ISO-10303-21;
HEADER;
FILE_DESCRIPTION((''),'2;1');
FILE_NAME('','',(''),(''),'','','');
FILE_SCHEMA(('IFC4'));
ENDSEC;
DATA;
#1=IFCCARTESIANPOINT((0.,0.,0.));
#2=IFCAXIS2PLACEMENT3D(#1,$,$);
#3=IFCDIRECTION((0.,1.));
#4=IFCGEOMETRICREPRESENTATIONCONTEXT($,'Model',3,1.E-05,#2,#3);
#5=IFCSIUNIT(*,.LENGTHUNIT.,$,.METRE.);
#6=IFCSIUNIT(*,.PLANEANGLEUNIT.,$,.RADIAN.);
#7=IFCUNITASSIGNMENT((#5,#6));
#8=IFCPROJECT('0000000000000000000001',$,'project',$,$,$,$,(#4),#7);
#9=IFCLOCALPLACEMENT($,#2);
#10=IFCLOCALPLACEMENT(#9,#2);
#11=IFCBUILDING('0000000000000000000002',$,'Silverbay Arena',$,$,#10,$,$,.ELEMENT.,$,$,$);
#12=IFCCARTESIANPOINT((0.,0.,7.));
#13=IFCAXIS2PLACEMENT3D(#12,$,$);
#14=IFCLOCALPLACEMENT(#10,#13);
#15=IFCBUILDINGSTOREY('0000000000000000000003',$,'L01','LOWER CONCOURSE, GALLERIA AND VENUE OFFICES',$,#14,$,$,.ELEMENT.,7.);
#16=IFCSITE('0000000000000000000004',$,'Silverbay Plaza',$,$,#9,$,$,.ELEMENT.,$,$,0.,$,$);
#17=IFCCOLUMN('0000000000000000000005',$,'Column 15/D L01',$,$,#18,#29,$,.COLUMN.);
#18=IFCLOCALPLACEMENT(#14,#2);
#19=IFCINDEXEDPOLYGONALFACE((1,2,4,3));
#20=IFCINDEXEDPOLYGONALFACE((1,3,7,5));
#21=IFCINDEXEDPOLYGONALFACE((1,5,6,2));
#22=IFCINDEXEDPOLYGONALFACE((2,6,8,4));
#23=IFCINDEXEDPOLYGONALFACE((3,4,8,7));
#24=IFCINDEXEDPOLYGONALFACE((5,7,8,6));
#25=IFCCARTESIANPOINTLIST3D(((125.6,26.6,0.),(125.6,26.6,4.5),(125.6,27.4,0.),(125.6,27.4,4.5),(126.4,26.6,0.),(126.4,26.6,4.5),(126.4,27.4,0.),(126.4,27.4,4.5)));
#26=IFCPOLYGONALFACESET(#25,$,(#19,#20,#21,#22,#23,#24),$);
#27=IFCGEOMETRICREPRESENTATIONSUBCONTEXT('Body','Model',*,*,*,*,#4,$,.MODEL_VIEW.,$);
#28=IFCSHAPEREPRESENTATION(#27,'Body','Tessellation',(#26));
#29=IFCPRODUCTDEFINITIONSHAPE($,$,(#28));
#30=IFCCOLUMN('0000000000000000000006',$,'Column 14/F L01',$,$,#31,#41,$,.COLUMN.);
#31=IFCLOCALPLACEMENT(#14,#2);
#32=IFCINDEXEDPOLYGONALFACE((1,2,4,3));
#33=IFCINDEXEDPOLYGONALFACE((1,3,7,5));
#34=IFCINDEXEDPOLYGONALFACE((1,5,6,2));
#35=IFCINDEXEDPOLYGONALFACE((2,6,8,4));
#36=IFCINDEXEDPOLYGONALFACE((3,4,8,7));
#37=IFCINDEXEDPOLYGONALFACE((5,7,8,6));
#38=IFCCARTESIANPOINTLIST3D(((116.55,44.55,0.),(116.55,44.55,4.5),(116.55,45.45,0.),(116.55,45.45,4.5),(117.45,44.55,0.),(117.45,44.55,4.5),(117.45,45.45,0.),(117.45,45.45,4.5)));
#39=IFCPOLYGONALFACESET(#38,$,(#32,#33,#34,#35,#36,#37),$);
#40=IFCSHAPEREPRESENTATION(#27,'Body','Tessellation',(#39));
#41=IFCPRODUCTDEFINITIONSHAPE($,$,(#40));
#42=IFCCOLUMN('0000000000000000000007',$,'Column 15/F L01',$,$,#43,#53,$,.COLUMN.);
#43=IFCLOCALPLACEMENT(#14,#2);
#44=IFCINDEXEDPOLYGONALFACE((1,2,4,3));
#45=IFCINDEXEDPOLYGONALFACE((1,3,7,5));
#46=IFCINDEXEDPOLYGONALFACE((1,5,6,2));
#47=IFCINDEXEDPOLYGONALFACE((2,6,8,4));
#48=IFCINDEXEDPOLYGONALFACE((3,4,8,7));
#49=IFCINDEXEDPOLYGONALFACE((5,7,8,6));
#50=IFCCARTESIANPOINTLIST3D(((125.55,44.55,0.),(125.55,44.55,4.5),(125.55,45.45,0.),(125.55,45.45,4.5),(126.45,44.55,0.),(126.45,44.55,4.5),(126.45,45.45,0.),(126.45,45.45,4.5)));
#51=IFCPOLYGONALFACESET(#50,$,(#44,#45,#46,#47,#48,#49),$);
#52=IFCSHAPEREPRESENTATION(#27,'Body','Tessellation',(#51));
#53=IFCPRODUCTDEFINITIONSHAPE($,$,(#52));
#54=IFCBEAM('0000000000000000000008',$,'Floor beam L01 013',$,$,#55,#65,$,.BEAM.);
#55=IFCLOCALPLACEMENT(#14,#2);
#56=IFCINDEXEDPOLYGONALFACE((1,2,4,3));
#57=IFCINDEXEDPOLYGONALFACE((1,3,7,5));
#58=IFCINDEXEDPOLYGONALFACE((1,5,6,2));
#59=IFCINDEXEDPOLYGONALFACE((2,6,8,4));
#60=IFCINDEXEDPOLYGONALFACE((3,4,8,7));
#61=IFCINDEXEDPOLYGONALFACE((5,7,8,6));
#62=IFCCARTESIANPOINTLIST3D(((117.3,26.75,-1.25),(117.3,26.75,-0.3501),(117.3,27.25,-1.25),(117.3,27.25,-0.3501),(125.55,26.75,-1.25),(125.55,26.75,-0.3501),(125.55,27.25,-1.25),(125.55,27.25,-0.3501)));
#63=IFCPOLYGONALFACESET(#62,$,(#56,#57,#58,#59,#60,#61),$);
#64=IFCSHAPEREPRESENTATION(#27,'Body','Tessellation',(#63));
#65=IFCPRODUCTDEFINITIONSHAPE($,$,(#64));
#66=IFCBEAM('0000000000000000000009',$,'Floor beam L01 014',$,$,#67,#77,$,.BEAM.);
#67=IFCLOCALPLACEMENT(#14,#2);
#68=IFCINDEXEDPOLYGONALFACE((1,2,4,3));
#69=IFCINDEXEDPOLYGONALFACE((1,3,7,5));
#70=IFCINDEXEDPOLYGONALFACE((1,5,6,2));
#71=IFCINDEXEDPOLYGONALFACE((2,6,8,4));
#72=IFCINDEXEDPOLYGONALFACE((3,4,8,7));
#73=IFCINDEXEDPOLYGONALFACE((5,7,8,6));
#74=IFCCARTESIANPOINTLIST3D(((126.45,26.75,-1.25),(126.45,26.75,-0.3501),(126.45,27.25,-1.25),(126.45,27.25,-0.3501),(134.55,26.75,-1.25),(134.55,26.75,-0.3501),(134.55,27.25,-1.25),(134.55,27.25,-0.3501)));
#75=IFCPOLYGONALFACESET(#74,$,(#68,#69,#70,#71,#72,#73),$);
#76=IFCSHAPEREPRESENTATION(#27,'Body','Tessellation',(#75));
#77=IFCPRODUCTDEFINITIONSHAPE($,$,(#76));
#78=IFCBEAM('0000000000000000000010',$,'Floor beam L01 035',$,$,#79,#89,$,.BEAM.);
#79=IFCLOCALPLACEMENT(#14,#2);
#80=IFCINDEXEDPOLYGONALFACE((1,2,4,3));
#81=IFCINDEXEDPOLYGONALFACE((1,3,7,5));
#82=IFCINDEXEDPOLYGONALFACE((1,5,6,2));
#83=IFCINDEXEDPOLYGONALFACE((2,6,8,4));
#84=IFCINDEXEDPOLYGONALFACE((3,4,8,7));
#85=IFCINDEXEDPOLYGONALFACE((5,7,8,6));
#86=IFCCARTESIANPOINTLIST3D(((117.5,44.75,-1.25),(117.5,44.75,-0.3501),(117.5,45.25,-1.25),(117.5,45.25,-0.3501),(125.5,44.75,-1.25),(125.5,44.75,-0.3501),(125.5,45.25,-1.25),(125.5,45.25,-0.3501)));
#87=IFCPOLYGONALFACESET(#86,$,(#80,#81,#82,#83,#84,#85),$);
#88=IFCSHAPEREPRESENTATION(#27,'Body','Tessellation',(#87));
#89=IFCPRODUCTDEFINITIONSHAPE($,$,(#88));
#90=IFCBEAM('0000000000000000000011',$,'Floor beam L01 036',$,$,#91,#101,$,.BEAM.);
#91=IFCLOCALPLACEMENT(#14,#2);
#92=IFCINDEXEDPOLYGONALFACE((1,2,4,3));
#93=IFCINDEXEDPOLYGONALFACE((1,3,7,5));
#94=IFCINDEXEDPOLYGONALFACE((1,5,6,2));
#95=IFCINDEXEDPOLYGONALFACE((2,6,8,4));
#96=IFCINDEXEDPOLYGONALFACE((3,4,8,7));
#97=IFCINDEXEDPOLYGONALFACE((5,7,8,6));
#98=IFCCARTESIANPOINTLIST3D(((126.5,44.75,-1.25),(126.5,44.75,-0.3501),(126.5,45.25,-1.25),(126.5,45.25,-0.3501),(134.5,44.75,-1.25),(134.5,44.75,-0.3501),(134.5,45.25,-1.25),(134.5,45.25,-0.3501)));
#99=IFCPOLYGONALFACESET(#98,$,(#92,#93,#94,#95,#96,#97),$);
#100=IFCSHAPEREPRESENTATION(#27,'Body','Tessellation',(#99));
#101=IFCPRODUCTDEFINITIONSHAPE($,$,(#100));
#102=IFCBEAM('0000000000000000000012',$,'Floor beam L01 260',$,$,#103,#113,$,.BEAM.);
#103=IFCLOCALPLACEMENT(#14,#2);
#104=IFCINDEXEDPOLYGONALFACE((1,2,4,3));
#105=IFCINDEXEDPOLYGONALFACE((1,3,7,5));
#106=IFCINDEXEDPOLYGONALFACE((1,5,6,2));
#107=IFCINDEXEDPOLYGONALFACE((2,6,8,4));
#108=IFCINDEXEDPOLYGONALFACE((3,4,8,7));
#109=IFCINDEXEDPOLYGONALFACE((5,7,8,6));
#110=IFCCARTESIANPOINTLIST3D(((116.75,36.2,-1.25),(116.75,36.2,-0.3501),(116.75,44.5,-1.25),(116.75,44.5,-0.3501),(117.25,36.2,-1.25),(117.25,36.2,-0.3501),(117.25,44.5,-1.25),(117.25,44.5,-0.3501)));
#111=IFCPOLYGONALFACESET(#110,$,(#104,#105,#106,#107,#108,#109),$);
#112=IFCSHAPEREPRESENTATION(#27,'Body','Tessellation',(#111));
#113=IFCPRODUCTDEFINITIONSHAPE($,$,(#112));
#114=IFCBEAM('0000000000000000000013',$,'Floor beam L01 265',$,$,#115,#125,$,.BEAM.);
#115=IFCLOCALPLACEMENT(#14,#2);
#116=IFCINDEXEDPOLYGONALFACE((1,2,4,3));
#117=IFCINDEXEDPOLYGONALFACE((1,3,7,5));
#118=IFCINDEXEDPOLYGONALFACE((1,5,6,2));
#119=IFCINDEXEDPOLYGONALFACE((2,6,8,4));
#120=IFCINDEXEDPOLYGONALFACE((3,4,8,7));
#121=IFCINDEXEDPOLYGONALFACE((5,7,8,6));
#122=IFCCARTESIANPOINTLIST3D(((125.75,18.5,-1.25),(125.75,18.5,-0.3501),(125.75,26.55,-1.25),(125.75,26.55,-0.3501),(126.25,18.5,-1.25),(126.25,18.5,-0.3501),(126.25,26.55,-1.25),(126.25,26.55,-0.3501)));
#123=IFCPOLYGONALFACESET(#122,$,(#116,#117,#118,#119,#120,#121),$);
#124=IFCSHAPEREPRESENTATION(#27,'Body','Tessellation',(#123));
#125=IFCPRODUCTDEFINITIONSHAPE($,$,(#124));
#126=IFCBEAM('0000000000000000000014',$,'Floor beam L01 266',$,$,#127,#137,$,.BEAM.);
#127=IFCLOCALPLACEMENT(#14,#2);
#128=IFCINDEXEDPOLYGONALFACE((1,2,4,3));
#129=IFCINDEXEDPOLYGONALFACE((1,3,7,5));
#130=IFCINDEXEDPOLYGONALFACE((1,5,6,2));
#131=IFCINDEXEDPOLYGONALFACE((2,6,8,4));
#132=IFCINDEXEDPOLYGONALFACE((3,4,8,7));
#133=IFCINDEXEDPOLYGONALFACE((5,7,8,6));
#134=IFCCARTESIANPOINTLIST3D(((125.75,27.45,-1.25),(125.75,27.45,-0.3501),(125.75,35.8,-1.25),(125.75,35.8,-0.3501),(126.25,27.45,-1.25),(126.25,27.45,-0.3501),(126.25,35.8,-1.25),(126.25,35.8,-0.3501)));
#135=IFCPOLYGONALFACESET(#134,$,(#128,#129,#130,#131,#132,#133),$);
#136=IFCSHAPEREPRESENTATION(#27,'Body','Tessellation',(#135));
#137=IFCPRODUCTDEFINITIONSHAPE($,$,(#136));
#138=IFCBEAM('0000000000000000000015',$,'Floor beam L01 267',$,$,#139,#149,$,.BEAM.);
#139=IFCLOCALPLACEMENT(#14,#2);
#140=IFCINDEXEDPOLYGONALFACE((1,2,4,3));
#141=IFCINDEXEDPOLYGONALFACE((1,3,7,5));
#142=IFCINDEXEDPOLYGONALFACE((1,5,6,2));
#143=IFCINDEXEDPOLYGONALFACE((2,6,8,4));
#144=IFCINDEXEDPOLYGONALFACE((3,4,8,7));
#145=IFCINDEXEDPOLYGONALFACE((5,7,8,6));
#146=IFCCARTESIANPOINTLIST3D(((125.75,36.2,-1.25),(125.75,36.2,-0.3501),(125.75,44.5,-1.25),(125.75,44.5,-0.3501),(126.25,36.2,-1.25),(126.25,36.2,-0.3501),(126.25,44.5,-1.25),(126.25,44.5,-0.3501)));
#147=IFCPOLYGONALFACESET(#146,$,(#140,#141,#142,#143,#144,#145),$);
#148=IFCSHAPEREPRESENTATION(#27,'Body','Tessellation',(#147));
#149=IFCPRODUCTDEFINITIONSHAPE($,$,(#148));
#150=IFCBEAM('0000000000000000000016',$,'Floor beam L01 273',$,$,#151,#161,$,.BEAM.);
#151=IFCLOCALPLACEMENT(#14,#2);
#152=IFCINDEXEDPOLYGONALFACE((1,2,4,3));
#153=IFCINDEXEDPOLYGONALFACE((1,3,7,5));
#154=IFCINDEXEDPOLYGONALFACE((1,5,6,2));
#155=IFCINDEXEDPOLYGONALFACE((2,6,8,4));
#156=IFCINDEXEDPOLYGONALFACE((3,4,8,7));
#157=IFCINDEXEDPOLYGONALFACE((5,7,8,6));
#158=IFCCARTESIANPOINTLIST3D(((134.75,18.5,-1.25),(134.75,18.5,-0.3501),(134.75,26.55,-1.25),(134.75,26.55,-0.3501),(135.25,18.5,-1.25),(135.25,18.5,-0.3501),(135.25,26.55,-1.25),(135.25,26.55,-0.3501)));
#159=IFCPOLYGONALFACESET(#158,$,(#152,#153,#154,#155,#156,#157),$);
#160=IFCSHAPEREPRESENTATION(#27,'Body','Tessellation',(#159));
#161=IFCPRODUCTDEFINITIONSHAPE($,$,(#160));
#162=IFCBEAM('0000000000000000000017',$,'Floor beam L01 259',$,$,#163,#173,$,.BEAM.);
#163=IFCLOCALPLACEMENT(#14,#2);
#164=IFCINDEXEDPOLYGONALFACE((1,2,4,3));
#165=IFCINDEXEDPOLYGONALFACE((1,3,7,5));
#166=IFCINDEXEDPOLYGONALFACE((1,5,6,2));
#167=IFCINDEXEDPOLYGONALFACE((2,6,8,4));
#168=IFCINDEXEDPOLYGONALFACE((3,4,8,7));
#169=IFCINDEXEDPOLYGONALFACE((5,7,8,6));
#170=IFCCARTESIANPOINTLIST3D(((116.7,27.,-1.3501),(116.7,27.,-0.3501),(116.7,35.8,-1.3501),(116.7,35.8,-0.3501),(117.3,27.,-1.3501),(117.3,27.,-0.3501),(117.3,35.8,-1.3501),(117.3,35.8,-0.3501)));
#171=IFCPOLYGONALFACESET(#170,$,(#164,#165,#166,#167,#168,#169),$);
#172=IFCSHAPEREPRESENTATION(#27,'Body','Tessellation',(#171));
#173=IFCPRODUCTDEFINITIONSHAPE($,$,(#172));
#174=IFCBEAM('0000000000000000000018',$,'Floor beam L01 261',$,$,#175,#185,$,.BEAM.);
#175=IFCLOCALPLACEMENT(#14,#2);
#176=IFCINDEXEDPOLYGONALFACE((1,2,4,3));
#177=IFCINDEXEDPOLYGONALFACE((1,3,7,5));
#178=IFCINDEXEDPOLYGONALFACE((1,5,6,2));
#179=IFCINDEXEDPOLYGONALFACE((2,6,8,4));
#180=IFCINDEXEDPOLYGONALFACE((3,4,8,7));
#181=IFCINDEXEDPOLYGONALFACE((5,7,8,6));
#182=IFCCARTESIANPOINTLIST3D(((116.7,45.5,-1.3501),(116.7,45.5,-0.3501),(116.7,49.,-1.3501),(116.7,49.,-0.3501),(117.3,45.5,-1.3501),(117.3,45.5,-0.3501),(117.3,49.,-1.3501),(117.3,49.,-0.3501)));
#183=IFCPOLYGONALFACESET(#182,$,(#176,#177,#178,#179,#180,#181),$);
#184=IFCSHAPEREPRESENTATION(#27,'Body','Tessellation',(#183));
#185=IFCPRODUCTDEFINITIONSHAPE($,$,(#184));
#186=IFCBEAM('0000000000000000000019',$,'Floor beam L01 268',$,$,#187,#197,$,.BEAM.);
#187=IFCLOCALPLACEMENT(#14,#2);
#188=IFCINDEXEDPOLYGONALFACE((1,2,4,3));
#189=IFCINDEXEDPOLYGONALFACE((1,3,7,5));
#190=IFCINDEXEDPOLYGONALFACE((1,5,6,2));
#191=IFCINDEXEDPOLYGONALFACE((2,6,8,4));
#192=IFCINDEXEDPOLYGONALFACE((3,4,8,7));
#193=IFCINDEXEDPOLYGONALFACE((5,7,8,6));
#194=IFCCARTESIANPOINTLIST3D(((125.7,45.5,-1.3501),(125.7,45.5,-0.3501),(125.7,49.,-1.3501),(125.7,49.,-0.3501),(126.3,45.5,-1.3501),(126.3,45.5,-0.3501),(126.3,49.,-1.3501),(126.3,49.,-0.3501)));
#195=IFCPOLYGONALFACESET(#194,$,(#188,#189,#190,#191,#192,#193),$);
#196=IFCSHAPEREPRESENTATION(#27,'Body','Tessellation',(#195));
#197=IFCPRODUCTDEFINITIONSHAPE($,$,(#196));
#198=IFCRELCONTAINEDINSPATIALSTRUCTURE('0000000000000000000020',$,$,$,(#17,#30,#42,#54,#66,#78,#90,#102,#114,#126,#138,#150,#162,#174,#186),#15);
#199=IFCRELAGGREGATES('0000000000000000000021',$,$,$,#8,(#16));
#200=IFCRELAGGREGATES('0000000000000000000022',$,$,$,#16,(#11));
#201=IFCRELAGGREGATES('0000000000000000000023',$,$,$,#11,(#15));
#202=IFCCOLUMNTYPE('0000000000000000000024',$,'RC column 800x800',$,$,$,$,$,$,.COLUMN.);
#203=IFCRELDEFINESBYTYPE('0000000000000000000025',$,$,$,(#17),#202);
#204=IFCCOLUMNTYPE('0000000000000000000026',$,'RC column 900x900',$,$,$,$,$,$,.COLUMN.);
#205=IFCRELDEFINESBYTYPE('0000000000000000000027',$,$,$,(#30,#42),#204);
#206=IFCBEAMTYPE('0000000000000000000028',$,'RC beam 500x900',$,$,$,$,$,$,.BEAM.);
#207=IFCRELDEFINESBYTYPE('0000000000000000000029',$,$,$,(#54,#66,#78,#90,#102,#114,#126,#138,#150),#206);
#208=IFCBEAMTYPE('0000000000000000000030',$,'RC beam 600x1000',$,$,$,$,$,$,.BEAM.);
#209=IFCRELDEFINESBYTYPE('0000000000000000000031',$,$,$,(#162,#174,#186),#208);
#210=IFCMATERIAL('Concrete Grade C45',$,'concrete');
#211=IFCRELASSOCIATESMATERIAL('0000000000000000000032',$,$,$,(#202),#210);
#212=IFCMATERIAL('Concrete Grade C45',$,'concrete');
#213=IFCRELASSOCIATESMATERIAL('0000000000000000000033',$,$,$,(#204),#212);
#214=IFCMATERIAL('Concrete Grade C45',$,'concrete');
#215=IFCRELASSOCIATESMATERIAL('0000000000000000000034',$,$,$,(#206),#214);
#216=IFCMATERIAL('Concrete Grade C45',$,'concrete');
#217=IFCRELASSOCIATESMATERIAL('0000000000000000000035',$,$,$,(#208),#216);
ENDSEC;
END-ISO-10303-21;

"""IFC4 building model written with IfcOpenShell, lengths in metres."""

from ifc_helpers import new_model, si_unit, direction, frame, origin, origin_2d, place, context, subcontext, project, spatial, rectangle, extrude, material, material_profile, profile_set, type_object, element, save


model = new_model("IFC4")

# Units and contexts
model_context = context("Model", 3, precision=1e-05, world=origin(), true_north=direction((0.0, 1.0)))
body_context = subcontext(model_context, "Body", "Model", "MODEL_VIEW")
ifc_project = project(units=[si_unit("LENGTHUNIT", "METRE"), si_unit("PLANEANGLEUNIT", "RADIAN")], contexts=[model_context])

# Site, building, storey
site_placement = place(None, origin())
site = spatial("IfcSite", under=ifc_project, at=site_placement, Name="Silverbay Plaza", CompositionType="ELEMENT", RefElevation=0.0)
building_placement = place(site_placement, origin())
building = spatial("IfcBuilding", under=site, at=building_placement, Name="Silverbay Arena", CompositionType="ELEMENT")
storey_placement = place(building_placement, frame((0.0, 0.0, 7.0)))
storey = spatial("IfcBuildingStorey", under=building, at=storey_placement, Name="L01", Description="LOWER CONCOURSE, GALLERIA AND VENUE OFFICES", CompositionType="ELEMENT", Elevation=7.0)

# Columns
ifc_material_1 = material(Name="Concrete Grade C45", Category="concrete")
ifc_material_profile_1 = material_profile(ifc_material_1, rectangle(XDim=0.8, YDim=0.8, at=origin_2d()), Name="RC 800x800")
ifc_profile_set_1 = profile_set([ifc_material_profile_1], Name="Concrete Grade C45")
column_type_1 = type_object("IfcColumnType", Name="RC column 800x800", PredefinedType="COLUMN", material=ifc_profile_set_1)
column_placement = place(storey_placement, frame((126.0, 27.0, 0.0), z_axis=(0.0, 0.0, 1.0), x_axis=(1.0, 0.0, 0.0)))
element("IfcColumn", 1, at=column_placement, inside=storey, type_object=column_type_1, Name="Column 15/D L01", PredefinedType="COLUMN", context=body_context, shape_type="SweptSolid", body=[
    extrude(rectangle(XDim=0.8, YDim=0.8, at=origin_2d()), origin(), (0.0, 0.0, 1.0), 4.5),
])
ifc_material_2 = material(Name="Concrete Grade C45", Category="concrete")
ifc_material_profile_2 = material_profile(ifc_material_2, rectangle(XDim=0.8999, YDim=0.8999, at=origin_2d()), Name="RC 900x900")
ifc_profile_set_2 = profile_set([ifc_material_profile_2], Name="Concrete Grade C45")
column_type_2 = type_object("IfcColumnType", Name="RC column 900x900", PredefinedType="COLUMN", material=ifc_profile_set_2)
for number, where, z_axis, x_axis, name in (
    (2, (117.0, 45.0, 0.0), (0.0, 0.0, 1.0), (1.0, 0.0, 0.0), "Column 14/F L01"),
    (3, (126.0, 45.0, 0.0), (0.0, 0.0, 1.0), (1.0, 0.0, 0.0), "Column 15/F L01"),
):
    element("IfcColumn", number, at=place(storey_placement, frame(where, z_axis=z_axis, x_axis=x_axis)), inside=storey, type_object=column_type_2, Name=name, PredefinedType="COLUMN", context=body_context, shape_type="SweptSolid", body=[
        extrude(rectangle(XDim=0.8999, YDim=0.8999, at=origin_2d()), origin(), (0.0, 0.0, 1.0), 4.5),
    ])

# Beams
ifc_material_3 = material(Name="Concrete Grade C45", Category="concrete")
ifc_material_profile_3 = material_profile(ifc_material_3, rectangle(XDim=0.5, YDim=0.8999, at=origin_2d()), Name="RC 500x900")
ifc_profile_set_3 = profile_set([ifc_material_profile_3], Name="Concrete Grade C45")
beam_type_1 = type_object("IfcBeamType", Name="RC beam 500x900", PredefinedType="BEAM", material=ifc_profile_set_3)
beam_1_placement = place(storey_placement, frame((117.3, 27.0, -0.8), z_axis=(1.0, 0.0, 0.0), x_axis=(0.0, 1.0, 0.0)))
element("IfcBeam", 4, at=beam_1_placement, inside=storey, type_object=beam_type_1, Name="Floor beam L01 013", PredefinedType="BEAM", context=body_context, shape_type="SweptSolid", body=[
    extrude(rectangle(XDim=0.5, YDim=0.8999, at=origin_2d()), origin(), (0.0, 0.0, 1.0), 8.25),
])
beam_2_placement = place(storey_placement, frame((126.45, 27.0, -0.8), z_axis=(1.0, 0.0, 0.0), x_axis=(0.0, 1.0, 0.0)))
element("IfcBeam", 5, at=beam_2_placement, inside=storey, type_object=beam_type_1, Name="Floor beam L01 014", PredefinedType="BEAM", context=body_context, shape_type="SweptSolid", body=[
    extrude(rectangle(XDim=0.5, YDim=0.8999, at=origin_2d()), origin(), (0.0, 0.0, 1.0), 8.1001),
])
for number, where, z_axis, x_axis, name in (
    (6, (117.5, 45.0, -0.8), (1.0, 0.0, 0.0), (0.0, 1.0, 0.0), "Floor beam L01 035"),
    (7, (126.5, 45.0, -0.8), (1.0, 0.0, 0.0), (0.0, 1.0, 0.0), "Floor beam L01 036"),
):
    element("IfcBeam", number, at=place(storey_placement, frame(where, z_axis=z_axis, x_axis=x_axis)), inside=storey, type_object=beam_type_1, Name=name, PredefinedType="BEAM", context=body_context, shape_type="SweptSolid", body=[
        extrude(rectangle(XDim=0.5, YDim=0.8999, at=origin_2d()), origin(), (0.0, 0.0, 1.0), 8.0),
    ])
beam_3_placement = place(storey_placement, frame((117.0, 36.2, -0.8), z_axis=(0.0, 1.0, 0.0), x_axis=(-1.0, 0.0, 0.0)))
element("IfcBeam", 8, at=beam_3_placement, inside=storey, type_object=beam_type_1, Name="Floor beam L01 260", PredefinedType="BEAM", context=body_context, shape_type="SweptSolid", body=[
    extrude(rectangle(XDim=0.5, YDim=0.8999, at=origin_2d()), origin(), (0.0, 0.0, 1.0), 8.3),
])
beam_4_placement = place(storey_placement, frame((126.0, 18.5, -0.8), z_axis=(0.0, 1.0, 0.0), x_axis=(-1.0, 0.0, 0.0)))
element("IfcBeam", 9, at=beam_4_placement, inside=storey, type_object=beam_type_1, Name="Floor beam L01 265", PredefinedType="BEAM", context=body_context, shape_type="SweptSolid", body=[
    extrude(rectangle(XDim=0.5, YDim=0.8999, at=origin_2d()), origin(), (0.0, 0.0, 1.0), 8.05),
])
beam_5_placement = place(storey_placement, frame((126.0, 27.45, -0.8), z_axis=(0.0, 1.0, 0.0), x_axis=(-1.0, 0.0, 0.0)))
element("IfcBeam", 10, at=beam_5_placement, inside=storey, type_object=beam_type_1, Name="Floor beam L01 266", PredefinedType="BEAM", context=body_context, shape_type="SweptSolid", body=[
    extrude(rectangle(XDim=0.5, YDim=0.8999, at=origin_2d()), origin(), (0.0, 0.0, 1.0), 8.3501),
])
beam_6_placement = place(storey_placement, frame((126.0, 36.2, -0.8), z_axis=(0.0, 1.0, 0.0), x_axis=(-1.0, 0.0, 0.0)))
element("IfcBeam", 11, at=beam_6_placement, inside=storey, type_object=beam_type_1, Name="Floor beam L01 267", PredefinedType="BEAM", context=body_context, shape_type="SweptSolid", body=[
    extrude(rectangle(XDim=0.5, YDim=0.8999, at=origin_2d()), origin(), (0.0, 0.0, 1.0), 8.3),
])
beam_7_placement = place(storey_placement, frame((135.0, 18.5, -0.8), z_axis=(0.0, 1.0, 0.0), x_axis=(-1.0, 0.0, 0.0)))
element("IfcBeam", 12, at=beam_7_placement, inside=storey, type_object=beam_type_1, Name="Floor beam L01 273", PredefinedType="BEAM", context=body_context, shape_type="SweptSolid", body=[
    extrude(rectangle(XDim=0.5, YDim=0.8999, at=origin_2d()), origin(), (0.0, 0.0, 1.0), 8.05),
])
ifc_material_4 = material(Name="Concrete Grade C45", Category="concrete")
ifc_material_profile_4 = material_profile(ifc_material_4, rectangle(XDim=0.6001, YDim=1.0, at=origin_2d()), Name="RC 600x1000")
ifc_profile_set_4 = profile_set([ifc_material_profile_4], Name="Concrete Grade C45")
beam_type_2 = type_object("IfcBeamType", Name="RC beam 600x1000", PredefinedType="BEAM", material=ifc_profile_set_4)
beam_8_placement = place(storey_placement, frame((117.0, 27.0, -0.8501), z_axis=(0.0, 1.0, 0.0), x_axis=(-1.0, 0.0, 0.0)))
element("IfcBeam", 13, at=beam_8_placement, inside=storey, type_object=beam_type_2, Name="Floor beam L01 259", PredefinedType="BEAM", context=body_context, shape_type="SweptSolid", body=[
    extrude(rectangle(XDim=0.6001, YDim=1.0, at=origin_2d()), origin(), (0.0, 0.0, 1.0), 8.8),
])
for number, where, z_axis, x_axis, name in (
    (14, (117.0, 45.5, -0.8501), (0.0, 1.0, 0.0), (-1.0, 0.0, 0.0), "Floor beam L01 261"),
    (15, (126.0, 45.5, -0.8501), (0.0, 1.0, 0.0), (-1.0, 0.0, 0.0), "Floor beam L01 268"),
):
    element("IfcBeam", number, at=place(storey_placement, frame(where, z_axis=z_axis, x_axis=x_axis)), inside=storey, type_object=beam_type_2, Name=name, PredefinedType="BEAM", context=body_context, shape_type="SweptSolid", body=[
        extrude(rectangle(XDim=0.6001, YDim=1.0, at=origin_2d()), origin(), (0.0, 0.0, 1.0), 3.5),
    ])

save(model, "model.ifc")
